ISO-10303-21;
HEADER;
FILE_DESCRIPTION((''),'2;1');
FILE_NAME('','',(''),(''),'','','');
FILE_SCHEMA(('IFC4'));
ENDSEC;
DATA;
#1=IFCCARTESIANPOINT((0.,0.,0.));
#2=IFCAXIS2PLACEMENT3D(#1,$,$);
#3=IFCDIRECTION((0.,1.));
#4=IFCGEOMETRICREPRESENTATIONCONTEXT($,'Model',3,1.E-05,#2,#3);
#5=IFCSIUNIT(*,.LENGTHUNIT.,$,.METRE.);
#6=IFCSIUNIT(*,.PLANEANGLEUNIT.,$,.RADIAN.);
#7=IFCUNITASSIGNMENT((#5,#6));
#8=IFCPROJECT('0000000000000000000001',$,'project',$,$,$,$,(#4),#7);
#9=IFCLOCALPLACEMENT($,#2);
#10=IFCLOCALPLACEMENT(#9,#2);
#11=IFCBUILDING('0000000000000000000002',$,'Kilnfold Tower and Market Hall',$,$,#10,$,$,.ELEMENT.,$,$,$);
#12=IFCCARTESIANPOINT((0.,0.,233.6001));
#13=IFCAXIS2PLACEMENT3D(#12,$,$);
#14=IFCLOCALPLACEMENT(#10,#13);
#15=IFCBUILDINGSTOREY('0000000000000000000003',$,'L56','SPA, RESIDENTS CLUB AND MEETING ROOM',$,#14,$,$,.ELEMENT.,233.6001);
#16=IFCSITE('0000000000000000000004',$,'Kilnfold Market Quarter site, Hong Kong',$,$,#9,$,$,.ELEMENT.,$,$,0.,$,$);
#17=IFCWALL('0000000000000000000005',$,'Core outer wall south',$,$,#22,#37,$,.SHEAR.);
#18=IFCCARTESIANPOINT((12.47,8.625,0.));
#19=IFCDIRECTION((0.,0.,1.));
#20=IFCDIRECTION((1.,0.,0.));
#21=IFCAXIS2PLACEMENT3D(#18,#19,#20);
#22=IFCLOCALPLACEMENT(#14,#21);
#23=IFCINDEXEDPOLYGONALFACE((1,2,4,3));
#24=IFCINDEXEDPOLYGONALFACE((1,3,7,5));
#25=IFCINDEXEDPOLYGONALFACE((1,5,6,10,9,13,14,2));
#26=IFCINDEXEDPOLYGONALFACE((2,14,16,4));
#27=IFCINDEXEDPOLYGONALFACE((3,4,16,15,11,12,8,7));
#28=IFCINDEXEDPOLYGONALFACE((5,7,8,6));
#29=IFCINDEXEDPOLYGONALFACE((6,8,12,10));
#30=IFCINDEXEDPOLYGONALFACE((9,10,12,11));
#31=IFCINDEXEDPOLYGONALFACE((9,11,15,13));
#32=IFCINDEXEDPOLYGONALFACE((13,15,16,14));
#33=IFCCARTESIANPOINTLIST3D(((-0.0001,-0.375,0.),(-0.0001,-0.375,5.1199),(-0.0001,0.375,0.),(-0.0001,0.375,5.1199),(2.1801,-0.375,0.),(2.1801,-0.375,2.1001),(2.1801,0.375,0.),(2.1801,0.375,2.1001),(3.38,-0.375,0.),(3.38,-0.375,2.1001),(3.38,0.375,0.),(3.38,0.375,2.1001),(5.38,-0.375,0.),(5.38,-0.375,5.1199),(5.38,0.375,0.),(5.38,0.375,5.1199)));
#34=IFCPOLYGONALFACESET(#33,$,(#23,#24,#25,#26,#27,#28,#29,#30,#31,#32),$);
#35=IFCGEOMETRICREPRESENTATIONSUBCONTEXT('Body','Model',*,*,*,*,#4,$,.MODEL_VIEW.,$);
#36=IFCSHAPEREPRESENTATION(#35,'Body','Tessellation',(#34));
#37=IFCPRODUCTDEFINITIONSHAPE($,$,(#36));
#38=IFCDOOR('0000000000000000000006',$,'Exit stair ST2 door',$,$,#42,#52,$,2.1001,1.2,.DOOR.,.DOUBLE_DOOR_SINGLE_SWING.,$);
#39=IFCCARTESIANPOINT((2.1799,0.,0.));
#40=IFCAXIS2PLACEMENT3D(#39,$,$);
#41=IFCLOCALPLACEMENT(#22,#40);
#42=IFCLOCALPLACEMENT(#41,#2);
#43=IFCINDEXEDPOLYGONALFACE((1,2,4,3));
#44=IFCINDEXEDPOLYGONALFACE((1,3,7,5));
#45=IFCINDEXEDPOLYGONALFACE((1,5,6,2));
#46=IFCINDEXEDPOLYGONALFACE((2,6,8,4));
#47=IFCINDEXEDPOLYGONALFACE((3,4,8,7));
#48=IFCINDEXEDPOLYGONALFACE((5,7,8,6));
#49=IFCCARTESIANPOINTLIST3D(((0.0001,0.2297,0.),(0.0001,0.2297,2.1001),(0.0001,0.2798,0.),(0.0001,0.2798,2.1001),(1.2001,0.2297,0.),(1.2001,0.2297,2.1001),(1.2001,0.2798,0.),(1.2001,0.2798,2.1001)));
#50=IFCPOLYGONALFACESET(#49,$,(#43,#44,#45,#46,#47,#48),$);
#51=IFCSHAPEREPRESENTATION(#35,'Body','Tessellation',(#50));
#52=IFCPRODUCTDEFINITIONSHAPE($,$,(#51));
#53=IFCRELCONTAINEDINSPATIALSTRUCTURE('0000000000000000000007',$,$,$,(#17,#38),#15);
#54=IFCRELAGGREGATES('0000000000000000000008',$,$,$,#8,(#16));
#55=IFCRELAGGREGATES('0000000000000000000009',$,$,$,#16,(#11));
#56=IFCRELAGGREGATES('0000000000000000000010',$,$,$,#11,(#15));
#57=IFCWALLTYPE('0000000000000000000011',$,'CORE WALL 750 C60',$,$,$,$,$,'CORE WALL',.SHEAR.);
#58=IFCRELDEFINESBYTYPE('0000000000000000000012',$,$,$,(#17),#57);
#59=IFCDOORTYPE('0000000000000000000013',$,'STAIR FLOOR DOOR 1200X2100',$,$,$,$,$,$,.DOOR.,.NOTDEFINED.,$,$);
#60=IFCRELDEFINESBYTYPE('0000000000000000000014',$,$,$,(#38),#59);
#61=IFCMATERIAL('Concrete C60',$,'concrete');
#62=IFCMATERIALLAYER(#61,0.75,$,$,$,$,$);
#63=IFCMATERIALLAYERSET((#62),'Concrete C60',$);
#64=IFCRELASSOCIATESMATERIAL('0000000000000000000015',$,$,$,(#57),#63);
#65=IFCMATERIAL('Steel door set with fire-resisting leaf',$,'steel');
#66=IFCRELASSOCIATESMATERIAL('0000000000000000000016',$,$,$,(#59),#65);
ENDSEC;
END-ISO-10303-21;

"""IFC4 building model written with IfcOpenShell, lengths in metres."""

from ifc_helpers import new_model, si_unit, direction, frame, frame_2d, origin, place, context, subcontext, project, spatial, rectangle, extrude, source, transform, mapped, material, layer, layer_set, type_object, element, fill, save


model = new_model("IFC4")

# Units and contexts
model_context = context("Model", 3, precision=1e-05, world=origin(), true_north=direction((0.0, 1.0)))
body_context = subcontext(model_context, "Body", "Model", "MODEL_VIEW")
ifc_project = project(units=[si_unit("LENGTHUNIT", "METRE"), si_unit("PLANEANGLEUNIT", "RADIAN")], contexts=[model_context])

# Site, building, storey
site_placement = place(None, origin())
site = spatial("IfcSite", under=ifc_project, at=site_placement, Name="Kilnfold Market Quarter site, Hong Kong", CompositionType="ELEMENT", RefElevation=0.0)
building_placement = place(site_placement, origin())
building = spatial("IfcBuilding", under=site, at=building_placement, Name="Kilnfold Tower and Market Hall", CompositionType="ELEMENT")
storey_placement = place(building_placement, frame((0.0, 0.0, 233.6001)))
storey = spatial("IfcBuildingStorey", under=building, at=storey_placement, Name="L56", Description="SPA, RESIDENTS CLUB AND MEETING ROOM", CompositionType="ELEMENT", Elevation=233.6001)

# Wall, opening, door
ifc_material_1 = material(Name="Concrete C60", Category="concrete")
ifc_layer_1 = layer(ifc_material_1, 0.75)
ifc_layer_set_1 = layer_set([ifc_layer_1], Name="Concrete C60")
wall_type_1 = type_object("IfcWallType", Name="CORE WALL 750 C60", ElementType="CORE WALL", PredefinedType="SHEAR", material=ifc_layer_set_1)
shared_shape_1 = source(origin(), body_context, "Body", "SweptSolid", [
    extrude(rectangle(XDim=5.3801, YDim=0.75, at=frame_2d((2.6899, 0.0))), origin(), (0.0, 0.0, 1.0), 5.1199),
])
wall_1_placement = place(storey_placement, frame((12.47, 8.625, 0.0), z_axis=(0.0, 0.0, 1.0), x_axis=(1.0, 0.0, 0.0)))
wall_1 = element("IfcWall", 1, at=wall_1_placement, inside=storey, type_object=wall_type_1, Name="Core outer wall south", PredefinedType="SHEAR", context=body_context, shape_type="MappedRepresentation", body=[
    mapped(shared_shape_1, transform((0.0, 0.0, 0.0))),
])
opening_1_placement = place(wall_1_placement, frame((2.1799, 0.0, 0.0)))
opening_1 = element("IfcOpeningElement", 2, at=opening_1_placement, cuts=wall_1, PredefinedType="OPENING", context=body_context, shape_type="SweptSolid", body=[
    extrude(rectangle(XDim=1.2, YDim=2.1001, at=frame_2d((0.6001, 1.05))), frame((0.0, 0.385, 0.0), z_axis=(0.0, -1.0, 0.0), x_axis=(1.0, 0.0, 0.0)), (0.0, 0.0, 1.0), 0.77),
])
ifc_material_2 = material(Name="Steel door set with fire-resisting leaf", Category="steel")
door_type_1 = type_object("IfcDoorType", Name="STAIR FLOOR DOOR 1200X2100", OperationType="NOTDEFINED", PredefinedType="DOOR", material=ifc_material_2)
door_1_placement = place(opening_1_placement, origin())
door_1 = element("IfcDoor", 3, at=door_1_placement, inside=storey, type_object=door_type_1, Name="Exit stair ST2 door", OperationType="DOUBLE_DOOR_SINGLE_SWING", OverallHeight=2.1001, OverallWidth=1.2, PredefinedType="DOOR", context=body_context, shape_type="SweptSolid", body=[
    extrude(rectangle(XDim=1.2, YDim=2.1001, at=frame_2d((0.6001, 1.05))), frame((0.0, 0.2798, 0.0), z_axis=(0.0, -1.0, 0.0), x_axis=(1.0, 0.0, 0.0)), (0.0, 0.0, 1.0), 0.05),
])
fill(opening_1, door_1)

save(model, "model.ifc")
